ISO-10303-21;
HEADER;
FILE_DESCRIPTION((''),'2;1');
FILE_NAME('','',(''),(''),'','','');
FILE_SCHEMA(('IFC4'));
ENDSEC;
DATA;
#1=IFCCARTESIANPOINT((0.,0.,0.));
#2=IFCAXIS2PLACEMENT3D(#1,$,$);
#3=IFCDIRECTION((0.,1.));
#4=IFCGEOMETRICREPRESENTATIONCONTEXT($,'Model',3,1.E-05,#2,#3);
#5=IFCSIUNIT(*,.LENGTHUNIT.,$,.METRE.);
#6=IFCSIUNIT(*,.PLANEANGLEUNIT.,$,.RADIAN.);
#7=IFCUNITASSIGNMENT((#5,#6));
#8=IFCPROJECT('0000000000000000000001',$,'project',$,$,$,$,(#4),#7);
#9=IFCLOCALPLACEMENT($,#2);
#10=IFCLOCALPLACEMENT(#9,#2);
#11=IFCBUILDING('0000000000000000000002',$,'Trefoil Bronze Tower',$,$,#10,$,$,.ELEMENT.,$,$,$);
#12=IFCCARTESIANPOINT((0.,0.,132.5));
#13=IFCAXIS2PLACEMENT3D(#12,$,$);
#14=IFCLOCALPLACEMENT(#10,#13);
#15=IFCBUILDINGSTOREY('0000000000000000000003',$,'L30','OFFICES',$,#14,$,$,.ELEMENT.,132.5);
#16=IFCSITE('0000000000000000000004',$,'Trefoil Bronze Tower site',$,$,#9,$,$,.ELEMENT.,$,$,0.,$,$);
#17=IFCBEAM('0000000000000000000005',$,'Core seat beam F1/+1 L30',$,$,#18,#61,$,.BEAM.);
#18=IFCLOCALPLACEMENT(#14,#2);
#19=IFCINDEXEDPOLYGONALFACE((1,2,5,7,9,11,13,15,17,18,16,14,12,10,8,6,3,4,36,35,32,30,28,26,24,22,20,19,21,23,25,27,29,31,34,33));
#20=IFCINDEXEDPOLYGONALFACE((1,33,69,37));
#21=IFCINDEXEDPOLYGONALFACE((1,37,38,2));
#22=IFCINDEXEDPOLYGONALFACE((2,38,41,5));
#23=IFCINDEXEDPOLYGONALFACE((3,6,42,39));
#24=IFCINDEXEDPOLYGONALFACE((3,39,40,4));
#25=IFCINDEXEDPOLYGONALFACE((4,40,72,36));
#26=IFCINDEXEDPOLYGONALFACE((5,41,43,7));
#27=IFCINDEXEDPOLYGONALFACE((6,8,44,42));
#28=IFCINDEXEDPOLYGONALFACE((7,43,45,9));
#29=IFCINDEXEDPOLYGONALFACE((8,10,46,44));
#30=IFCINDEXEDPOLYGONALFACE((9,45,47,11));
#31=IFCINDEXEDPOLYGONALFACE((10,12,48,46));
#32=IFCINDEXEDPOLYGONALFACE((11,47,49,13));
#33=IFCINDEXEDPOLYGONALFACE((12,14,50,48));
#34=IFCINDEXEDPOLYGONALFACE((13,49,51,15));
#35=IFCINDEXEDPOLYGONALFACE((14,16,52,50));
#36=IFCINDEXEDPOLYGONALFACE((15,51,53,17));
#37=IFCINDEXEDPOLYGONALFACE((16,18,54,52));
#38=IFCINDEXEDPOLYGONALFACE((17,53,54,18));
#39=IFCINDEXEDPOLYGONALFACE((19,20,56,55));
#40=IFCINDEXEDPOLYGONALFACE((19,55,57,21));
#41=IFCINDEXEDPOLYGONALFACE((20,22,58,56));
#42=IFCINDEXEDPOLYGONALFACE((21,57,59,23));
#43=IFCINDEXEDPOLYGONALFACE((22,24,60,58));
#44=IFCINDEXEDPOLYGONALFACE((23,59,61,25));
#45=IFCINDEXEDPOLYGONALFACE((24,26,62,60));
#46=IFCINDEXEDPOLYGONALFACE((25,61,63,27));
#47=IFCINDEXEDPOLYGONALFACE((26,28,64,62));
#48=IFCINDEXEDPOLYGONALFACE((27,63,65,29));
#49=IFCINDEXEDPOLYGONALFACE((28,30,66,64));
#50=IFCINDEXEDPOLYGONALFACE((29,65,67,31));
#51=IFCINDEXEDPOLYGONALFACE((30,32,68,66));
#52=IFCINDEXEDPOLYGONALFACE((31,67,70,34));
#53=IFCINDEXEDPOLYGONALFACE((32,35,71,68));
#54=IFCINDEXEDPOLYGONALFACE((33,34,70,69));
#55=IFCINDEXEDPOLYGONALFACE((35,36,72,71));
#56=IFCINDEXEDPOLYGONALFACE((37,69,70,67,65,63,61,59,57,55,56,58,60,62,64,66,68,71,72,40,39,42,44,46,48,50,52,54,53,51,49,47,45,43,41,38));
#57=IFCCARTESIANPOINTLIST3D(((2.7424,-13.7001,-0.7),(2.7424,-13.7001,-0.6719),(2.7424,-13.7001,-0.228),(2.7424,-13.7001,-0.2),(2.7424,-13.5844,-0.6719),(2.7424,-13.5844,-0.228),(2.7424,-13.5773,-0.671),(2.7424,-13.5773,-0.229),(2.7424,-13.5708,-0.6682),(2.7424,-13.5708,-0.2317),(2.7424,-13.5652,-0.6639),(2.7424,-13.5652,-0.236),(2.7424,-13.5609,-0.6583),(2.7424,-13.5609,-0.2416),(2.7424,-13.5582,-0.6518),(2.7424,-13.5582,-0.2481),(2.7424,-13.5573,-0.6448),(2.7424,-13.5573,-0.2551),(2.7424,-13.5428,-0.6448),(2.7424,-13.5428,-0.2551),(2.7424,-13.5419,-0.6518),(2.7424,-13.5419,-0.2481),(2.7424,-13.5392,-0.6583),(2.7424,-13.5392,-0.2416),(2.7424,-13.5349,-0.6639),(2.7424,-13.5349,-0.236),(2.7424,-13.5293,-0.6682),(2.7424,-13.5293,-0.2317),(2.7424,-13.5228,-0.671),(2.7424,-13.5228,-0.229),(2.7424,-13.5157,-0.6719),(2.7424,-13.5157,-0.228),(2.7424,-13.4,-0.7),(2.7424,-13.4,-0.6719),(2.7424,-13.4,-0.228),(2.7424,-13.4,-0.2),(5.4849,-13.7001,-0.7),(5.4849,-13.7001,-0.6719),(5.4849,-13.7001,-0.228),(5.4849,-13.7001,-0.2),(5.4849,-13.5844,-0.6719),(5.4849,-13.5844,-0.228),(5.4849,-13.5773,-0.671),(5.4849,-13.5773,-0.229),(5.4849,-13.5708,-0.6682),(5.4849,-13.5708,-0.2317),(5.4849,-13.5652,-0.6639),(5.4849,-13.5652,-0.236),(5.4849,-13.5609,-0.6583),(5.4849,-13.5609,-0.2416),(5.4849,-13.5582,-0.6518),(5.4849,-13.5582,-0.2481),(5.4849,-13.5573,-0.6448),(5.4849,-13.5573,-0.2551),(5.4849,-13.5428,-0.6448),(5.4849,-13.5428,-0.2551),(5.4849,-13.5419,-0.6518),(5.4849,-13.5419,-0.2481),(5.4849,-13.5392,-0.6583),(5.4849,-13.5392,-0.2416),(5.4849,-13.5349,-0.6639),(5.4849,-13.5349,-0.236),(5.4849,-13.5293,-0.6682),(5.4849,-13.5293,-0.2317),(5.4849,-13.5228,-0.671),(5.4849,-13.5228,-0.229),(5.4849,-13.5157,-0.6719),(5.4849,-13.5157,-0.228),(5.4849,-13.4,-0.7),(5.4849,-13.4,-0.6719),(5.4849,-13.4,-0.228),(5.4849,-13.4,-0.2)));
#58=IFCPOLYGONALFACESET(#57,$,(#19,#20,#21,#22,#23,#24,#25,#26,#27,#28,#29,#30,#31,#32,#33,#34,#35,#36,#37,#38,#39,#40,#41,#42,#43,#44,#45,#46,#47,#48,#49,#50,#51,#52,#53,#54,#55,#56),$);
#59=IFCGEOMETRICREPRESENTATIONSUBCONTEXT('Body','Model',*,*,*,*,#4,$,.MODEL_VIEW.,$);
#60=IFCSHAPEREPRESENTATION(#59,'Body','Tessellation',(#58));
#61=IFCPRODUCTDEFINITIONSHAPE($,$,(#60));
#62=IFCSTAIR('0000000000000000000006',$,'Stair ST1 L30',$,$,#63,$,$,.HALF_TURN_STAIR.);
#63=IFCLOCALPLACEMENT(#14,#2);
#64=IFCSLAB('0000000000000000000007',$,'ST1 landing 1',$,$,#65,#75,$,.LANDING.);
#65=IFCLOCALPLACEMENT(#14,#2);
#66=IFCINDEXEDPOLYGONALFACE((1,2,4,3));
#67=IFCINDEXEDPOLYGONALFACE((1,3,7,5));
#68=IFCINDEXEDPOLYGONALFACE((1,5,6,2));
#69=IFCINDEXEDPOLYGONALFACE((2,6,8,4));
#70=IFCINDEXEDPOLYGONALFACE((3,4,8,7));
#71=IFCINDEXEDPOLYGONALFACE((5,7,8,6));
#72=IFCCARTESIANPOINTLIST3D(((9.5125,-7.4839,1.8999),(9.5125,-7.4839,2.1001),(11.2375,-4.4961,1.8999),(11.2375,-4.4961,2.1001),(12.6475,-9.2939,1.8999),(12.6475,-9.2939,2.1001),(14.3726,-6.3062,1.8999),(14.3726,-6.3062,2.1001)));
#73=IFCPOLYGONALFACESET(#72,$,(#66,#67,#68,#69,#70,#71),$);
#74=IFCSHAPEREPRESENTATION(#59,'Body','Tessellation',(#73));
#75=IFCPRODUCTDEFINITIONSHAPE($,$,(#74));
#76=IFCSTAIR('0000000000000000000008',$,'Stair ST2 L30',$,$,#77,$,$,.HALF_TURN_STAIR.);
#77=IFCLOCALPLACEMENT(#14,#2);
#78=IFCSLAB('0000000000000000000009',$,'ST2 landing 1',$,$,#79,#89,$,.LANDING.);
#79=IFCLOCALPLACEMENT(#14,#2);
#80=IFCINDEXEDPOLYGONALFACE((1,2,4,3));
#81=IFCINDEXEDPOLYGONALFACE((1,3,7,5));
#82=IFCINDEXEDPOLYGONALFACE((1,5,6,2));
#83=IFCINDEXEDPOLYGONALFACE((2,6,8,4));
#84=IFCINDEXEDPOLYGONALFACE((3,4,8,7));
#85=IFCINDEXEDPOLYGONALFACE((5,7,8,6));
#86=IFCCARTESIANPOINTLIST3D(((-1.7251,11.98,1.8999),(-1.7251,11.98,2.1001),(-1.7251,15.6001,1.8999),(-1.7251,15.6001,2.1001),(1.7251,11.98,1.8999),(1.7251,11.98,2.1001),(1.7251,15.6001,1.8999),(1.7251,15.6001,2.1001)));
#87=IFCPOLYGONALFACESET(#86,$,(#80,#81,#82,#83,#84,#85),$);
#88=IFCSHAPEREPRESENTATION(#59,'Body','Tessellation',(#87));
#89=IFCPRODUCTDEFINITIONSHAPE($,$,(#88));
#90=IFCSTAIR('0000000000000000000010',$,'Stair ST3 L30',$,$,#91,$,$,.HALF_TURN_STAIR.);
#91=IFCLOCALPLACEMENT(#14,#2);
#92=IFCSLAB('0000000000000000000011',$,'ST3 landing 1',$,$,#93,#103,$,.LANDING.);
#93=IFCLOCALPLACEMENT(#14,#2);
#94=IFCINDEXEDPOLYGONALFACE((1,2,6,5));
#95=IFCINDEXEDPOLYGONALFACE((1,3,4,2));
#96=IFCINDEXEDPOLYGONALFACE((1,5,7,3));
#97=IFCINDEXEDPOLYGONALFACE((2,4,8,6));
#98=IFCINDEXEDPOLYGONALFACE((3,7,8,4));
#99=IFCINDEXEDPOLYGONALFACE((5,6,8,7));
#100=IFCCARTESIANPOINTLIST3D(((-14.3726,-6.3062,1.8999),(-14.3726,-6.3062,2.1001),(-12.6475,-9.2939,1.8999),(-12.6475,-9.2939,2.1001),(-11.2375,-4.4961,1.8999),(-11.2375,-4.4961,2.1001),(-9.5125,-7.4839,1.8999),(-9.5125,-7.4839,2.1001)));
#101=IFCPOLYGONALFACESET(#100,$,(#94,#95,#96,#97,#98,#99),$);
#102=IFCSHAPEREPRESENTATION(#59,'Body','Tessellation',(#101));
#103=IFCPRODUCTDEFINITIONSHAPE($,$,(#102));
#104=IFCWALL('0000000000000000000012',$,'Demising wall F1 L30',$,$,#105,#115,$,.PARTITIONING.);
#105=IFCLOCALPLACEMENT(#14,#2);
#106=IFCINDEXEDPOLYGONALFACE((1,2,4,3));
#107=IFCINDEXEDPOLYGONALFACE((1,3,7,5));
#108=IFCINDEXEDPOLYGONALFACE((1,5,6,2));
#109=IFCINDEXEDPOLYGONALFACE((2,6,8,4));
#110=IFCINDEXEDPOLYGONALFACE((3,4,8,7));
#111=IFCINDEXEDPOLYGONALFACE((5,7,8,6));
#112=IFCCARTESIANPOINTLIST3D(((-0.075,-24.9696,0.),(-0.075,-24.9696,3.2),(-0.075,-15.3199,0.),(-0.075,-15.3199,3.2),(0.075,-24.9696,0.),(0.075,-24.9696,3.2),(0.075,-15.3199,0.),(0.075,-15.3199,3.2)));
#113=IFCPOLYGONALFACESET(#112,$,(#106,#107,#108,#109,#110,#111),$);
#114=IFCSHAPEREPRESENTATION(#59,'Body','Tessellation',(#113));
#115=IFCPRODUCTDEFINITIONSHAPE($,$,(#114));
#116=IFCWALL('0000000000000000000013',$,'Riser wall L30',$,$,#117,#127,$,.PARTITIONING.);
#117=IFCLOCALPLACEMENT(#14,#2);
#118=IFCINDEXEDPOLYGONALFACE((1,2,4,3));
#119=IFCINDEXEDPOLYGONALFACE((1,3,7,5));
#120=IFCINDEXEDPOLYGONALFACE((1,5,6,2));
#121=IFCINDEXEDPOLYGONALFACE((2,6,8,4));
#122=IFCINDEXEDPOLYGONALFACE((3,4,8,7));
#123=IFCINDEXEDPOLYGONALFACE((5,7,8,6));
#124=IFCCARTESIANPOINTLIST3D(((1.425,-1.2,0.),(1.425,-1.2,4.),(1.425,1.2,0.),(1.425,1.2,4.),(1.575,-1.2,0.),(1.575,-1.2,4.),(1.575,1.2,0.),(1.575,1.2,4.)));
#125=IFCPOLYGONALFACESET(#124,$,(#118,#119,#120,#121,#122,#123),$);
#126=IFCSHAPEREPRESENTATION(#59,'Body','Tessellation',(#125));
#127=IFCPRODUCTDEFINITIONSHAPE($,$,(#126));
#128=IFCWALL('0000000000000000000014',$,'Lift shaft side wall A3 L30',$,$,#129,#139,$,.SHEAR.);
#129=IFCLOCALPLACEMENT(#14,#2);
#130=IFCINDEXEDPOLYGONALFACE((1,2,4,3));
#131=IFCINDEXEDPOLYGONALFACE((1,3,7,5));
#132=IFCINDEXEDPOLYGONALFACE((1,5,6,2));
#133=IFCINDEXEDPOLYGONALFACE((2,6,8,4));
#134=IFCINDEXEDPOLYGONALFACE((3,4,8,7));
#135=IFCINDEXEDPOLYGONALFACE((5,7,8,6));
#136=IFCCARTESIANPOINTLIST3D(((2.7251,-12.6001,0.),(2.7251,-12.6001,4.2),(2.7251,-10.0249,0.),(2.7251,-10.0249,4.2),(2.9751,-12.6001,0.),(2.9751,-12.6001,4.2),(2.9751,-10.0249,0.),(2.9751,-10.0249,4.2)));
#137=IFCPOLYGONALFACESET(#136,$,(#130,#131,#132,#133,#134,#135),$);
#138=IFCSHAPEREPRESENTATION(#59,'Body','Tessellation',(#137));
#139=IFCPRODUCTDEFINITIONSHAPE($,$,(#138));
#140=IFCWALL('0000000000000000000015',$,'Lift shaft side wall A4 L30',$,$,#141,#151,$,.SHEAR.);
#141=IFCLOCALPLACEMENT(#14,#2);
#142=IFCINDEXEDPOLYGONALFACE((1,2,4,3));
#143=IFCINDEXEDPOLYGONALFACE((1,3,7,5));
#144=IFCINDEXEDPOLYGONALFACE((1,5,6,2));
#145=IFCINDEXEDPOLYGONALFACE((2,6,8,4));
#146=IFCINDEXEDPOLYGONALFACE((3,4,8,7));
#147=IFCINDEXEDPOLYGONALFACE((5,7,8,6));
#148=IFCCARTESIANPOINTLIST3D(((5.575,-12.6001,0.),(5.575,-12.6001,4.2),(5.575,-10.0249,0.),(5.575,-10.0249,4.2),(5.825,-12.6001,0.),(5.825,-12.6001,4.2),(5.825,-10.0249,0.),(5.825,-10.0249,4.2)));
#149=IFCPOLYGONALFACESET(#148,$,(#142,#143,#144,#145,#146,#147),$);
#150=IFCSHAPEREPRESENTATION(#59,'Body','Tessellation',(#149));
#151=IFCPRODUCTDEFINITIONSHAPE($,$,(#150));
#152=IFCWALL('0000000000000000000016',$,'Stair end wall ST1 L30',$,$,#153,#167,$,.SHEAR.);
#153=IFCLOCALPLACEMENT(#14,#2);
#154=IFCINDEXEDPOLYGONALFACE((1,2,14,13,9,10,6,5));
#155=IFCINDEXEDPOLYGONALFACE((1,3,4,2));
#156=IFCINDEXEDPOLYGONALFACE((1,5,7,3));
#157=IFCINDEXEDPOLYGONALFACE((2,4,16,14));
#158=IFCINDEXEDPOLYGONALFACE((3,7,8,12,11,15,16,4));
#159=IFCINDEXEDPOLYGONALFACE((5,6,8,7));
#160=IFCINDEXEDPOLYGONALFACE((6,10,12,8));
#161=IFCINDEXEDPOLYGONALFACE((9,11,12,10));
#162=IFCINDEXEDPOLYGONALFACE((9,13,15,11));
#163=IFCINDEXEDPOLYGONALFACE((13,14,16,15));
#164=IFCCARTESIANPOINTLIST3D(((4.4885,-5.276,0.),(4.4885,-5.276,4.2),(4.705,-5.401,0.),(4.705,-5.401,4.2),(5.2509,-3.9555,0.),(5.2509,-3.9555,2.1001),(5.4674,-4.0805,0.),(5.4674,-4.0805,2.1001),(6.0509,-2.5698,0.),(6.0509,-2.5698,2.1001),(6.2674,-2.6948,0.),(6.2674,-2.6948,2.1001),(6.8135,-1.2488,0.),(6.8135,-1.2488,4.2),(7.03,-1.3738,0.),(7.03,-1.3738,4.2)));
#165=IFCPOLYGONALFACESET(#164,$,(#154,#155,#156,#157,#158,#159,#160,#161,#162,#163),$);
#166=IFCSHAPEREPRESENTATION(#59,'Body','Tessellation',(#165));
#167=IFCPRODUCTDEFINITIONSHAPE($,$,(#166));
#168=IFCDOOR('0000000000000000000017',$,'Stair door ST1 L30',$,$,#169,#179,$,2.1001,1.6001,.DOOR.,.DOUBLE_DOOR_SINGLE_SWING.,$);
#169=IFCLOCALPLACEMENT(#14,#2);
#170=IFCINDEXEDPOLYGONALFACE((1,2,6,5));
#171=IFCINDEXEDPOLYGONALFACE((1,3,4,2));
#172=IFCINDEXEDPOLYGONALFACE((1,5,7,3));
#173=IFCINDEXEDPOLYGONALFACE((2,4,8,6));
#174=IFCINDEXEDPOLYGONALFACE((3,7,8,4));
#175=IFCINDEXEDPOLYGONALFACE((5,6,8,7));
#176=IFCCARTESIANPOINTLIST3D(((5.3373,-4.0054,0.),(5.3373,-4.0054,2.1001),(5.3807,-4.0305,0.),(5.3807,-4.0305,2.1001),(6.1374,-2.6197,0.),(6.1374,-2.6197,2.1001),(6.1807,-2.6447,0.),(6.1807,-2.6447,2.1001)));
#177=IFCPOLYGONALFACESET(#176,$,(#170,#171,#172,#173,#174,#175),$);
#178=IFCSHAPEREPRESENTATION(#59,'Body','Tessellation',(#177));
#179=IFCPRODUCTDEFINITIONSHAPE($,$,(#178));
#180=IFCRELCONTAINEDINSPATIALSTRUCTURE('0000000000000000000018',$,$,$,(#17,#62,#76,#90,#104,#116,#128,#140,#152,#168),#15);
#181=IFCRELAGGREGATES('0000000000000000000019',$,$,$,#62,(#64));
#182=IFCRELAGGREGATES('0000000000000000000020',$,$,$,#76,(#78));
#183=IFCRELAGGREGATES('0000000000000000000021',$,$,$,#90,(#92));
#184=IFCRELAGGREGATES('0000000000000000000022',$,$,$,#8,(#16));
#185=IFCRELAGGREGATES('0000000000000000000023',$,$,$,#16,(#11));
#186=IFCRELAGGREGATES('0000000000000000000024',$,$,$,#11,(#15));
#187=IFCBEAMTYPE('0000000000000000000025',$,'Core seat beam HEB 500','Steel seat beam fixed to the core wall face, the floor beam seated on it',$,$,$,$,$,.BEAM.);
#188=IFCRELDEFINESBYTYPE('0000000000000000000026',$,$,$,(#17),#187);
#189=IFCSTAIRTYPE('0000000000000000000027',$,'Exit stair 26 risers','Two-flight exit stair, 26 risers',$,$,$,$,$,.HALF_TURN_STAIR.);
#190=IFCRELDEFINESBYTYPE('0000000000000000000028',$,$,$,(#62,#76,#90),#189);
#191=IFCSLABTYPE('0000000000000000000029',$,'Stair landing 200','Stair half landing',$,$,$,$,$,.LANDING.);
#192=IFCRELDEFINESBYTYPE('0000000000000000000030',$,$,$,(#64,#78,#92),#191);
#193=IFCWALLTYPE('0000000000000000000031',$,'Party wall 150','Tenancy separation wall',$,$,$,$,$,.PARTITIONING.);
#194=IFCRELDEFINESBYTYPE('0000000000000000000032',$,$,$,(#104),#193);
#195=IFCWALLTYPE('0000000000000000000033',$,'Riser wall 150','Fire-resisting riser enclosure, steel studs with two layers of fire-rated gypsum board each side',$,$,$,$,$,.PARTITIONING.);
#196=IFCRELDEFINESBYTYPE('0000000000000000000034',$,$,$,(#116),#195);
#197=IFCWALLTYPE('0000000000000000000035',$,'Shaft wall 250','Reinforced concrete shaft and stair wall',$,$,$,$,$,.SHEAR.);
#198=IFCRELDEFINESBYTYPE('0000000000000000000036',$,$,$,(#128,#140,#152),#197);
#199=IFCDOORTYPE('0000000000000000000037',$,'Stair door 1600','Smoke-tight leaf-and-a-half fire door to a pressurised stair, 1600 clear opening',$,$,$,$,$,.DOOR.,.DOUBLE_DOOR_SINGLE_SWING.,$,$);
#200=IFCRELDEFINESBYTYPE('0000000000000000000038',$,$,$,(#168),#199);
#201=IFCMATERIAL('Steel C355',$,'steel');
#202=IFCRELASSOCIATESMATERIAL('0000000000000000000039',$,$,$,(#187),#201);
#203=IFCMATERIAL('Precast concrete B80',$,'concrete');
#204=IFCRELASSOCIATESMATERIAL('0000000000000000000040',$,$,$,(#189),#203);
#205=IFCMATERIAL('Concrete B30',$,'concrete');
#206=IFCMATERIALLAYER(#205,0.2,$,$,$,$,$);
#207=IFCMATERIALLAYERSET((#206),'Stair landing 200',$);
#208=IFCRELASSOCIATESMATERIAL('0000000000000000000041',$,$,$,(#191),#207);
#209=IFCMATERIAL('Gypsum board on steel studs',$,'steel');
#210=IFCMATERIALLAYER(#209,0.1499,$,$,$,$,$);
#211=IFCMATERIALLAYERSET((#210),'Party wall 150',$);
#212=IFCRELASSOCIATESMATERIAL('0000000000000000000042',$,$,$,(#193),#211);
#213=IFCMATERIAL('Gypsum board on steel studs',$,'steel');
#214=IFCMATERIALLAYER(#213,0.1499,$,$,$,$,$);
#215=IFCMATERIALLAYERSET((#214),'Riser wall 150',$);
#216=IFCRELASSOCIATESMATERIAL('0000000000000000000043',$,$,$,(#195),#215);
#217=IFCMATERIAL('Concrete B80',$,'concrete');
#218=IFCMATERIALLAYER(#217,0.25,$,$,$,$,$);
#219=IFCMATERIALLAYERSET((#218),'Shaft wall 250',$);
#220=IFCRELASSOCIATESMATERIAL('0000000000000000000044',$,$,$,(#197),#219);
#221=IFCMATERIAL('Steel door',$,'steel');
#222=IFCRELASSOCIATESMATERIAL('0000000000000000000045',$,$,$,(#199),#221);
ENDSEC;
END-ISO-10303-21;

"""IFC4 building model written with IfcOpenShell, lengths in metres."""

from ifc_helpers import new_model, si_unit, direction, frame, frame_2d, origin, origin_2d, place, context, subcontext, project, spatial, polyline, rectangle, i_section, outline, extrude, material, layer, layer_set, material_profile, profile_set, type_object, element, fill, aggregate, save


model = new_model("IFC4")

# Units and contexts
model_context = context("Model", 3, precision=1e-05, world=origin(), true_north=direction((0.0, 1.0)))
body_context = subcontext(model_context, "Body", "Model", "MODEL_VIEW")
ifc_project = project(units=[si_unit("LENGTHUNIT", "METRE"), si_unit("PLANEANGLEUNIT", "RADIAN")], contexts=[model_context])

# Site, building, storey
site_placement = place(None, origin())
site = spatial("IfcSite", under=ifc_project, at=site_placement, Name="Trefoil Bronze Tower site", CompositionType="ELEMENT", RefElevation=0.0)
building_placement = place(site_placement, origin())
building = spatial("IfcBuilding", under=site, at=building_placement, Name="Trefoil Bronze Tower", CompositionType="ELEMENT")
storey_placement = place(building_placement, frame((0.0, 0.0, 132.5)))
storey = spatial("IfcBuildingStorey", under=building, at=storey_placement, Name="L30", Description="OFFICES", CompositionType="ELEMENT", Elevation=132.5)

# Beam
ifc_material_1 = material(Name="Steel C355", Category="steel")
ifc_material_profile = material_profile(ifc_material_1, i_section(OverallWidth=0.3, OverallDepth=0.5, WebThickness=0.0144, FlangeThickness=0.0281, FilletRadius=0.0271, at=origin_2d()), Name="HEB 500")
ifc_profile_set = profile_set([ifc_material_profile], Name="Steel C355")
beam_type = type_object("IfcBeamType", Name="Core seat beam HEB 500", Description="Steel seat beam fixed to the core wall face, the floor beam seated on it", PredefinedType="BEAM", material=ifc_profile_set)
beam_placement = place(storey_placement, frame((2.7424, -13.55, -0.45), z_axis=(1.0, 0.0, 0.0), x_axis=(0.0, 1.0, 0.0)))
element("IfcBeam", 1, at=beam_placement, inside=storey, type_object=beam_type, Name="Core seat beam F1/+1 L30", PredefinedType="BEAM", context=body_context, shape_type="SweptSolid", body=[
    extrude(i_section(OverallWidth=0.3, OverallDepth=0.5, WebThickness=0.0144, FlangeThickness=0.0281, FilletRadius=0.0271, at=origin_2d()), origin(), (0.0, 0.0, 1.0), 2.7424),
])

# Stairs, slabs
ifc_material_2 = material(Name="Precast concrete B80", Category="concrete")
stair_type = type_object("IfcStairType", Name="Exit stair 26 risers", Description="Two-flight exit stair, 26 risers", PredefinedType="HALF_TURN_STAIR", material=ifc_material_2)
stair_1_placement = place(storey_placement, origin())
stair_1 = element("IfcStair", 2, at=stair_1_placement, inside=storey, type_object=stair_type, Name="Stair ST1 L30", PredefinedType="HALF_TURN_STAIR")
ifc_material_3 = material(Name="Concrete B30", Category="concrete")
ifc_layer_1 = layer(ifc_material_3, 0.2)
ifc_layer_set_1 = layer_set([ifc_layer_1], Name="Stair landing 200")
slab_type = type_object("IfcSlabType", Name="Stair landing 200", Description="Stair half landing", PredefinedType="LANDING", material=ifc_layer_set_1)
slab_1_placement = place(storey_placement, frame((0.0, 0.0, 1.8999)))
slab_1 = element("IfcSlab", 3, at=slab_1_placement, type_object=slab_type, Name="ST1 landing 1", PredefinedType="LANDING", context=body_context, shape_type="SweptSolid", body=[
    extrude(outline(polyline([(9.5125, -7.4839), (12.6475, -9.2939), (14.3726, -6.3062), (11.2375, -4.4961), (9.5125, -7.4839)])), origin(), (0.0, 0.0, 1.0), 0.2002),
])
aggregate(stair_1, [slab_1])
stair_2_placement = place(storey_placement, origin())
stair_2 = element("IfcStair", 4, at=stair_2_placement, inside=storey, type_object=stair_type, Name="Stair ST2 L30", PredefinedType="HALF_TURN_STAIR")
slab_2_placement = place(storey_placement, frame((0.0, 0.0, 1.8999)))
slab_2 = element("IfcSlab", 5, at=slab_2_placement, type_object=slab_type, Name="ST2 landing 1", PredefinedType="LANDING", context=body_context, shape_type="SweptSolid", body=[
    extrude(outline(polyline([(1.7251, 11.98), (1.7251, 15.6001), (-1.7251, 15.6001), (-1.7251, 11.98), (1.7251, 11.98)])), origin(), (0.0, 0.0, 1.0), 0.2002),
])
aggregate(stair_2, [slab_2])
stair_3_placement = place(storey_placement, origin())
stair_3 = element("IfcStair", 6, at=stair_3_placement, inside=storey, type_object=stair_type, Name="Stair ST3 L30", PredefinedType="HALF_TURN_STAIR")
slab_3_placement = place(storey_placement, frame((0.0, 0.0, 1.8999)))
slab_3 = element("IfcSlab", 7, at=slab_3_placement, type_object=slab_type, Name="ST3 landing 1", PredefinedType="LANDING", context=body_context, shape_type="SweptSolid", body=[
    extrude(outline(polyline([(-11.2375, -4.4961), (-14.3726, -6.3062), (-12.6475, -9.2939), (-9.5125, -7.4839), (-11.2375, -4.4961)])), origin(), (0.0, 0.0, 1.0), 0.2002),
])
aggregate(stair_3, [slab_3])

# Walls
ifc_material_4 = material(Name="Gypsum board on steel studs", Category="steel")
ifc_layer_2 = layer(ifc_material_4, 0.1499)
ifc_layer_set_2 = layer_set([ifc_layer_2], Name="Party wall 150")
wall_type_1 = type_object("IfcWallType", Name="Party wall 150", Description="Tenancy separation wall", PredefinedType="PARTITIONING", material=ifc_layer_set_2)
wall_1_placement = place(storey_placement, frame((0.0, -15.3201, 0.0), z_axis=(0.0, 0.0, 1.0), x_axis=(0.0, -1.0, 0.0)))
element("IfcWall", 8, at=wall_1_placement, inside=storey, type_object=wall_type_1, Name="Demising wall F1 L30", PredefinedType="PARTITIONING", context=body_context, shape_type="SweptSolid", body=[
    extrude(rectangle(XDim=9.6497, YDim=0.1499, at=frame_2d((4.8247, 0.0))), origin(), (0.0, 0.0, 1.0), 3.2),
])
ifc_material_5 = material(Name="Gypsum board on steel studs", Category="steel")
ifc_layer_3 = layer(ifc_material_5, 0.1499)
ifc_layer_set_3 = layer_set([ifc_layer_3], Name="Riser wall 150")
wall_type_2 = type_object("IfcWallType", Name="Riser wall 150", Description="Fire-resisting riser enclosure, steel studs with two layers of fire-rated gypsum board each side", PredefinedType="PARTITIONING", material=ifc_layer_set_3)
wall_2_placement = place(storey_placement, frame((1.5, -1.2, 0.0), z_axis=(0.0, 0.0, 1.0), x_axis=(0.0, 1.0, 0.0)))
element("IfcWall", 9, at=wall_2_placement, inside=storey, type_object=wall_type_2, Name="Riser wall L30", PredefinedType="PARTITIONING", context=body_context, shape_type="SweptSolid", body=[
    extrude(rectangle(XDim=2.3999, YDim=0.1499, at=frame_2d((1.2, 0.0))), origin(), (0.0, 0.0, 1.0), 4.0),
])
ifc_material_6 = material(Name="Concrete B80", Category="concrete")
ifc_layer_4 = layer(ifc_material_6, 0.25)
ifc_layer_set_4 = layer_set([ifc_layer_4], Name="Shaft wall 250")
wall_type_3 = type_object("IfcWallType", Name="Shaft wall 250", Description="Reinforced concrete shaft and stair wall", PredefinedType="SHEAR", material=ifc_layer_set_4)
for number, where, z_axis, x_axis, name in (
    (10, (2.8501, -10.0249, 0.0), (0.0, 0.0, 1.0), (0.0, -1.0, 0.0), "Lift shaft side wall A3 L30"),
    (11, (5.7, -10.0249, 0.0), (0.0, 0.0, 1.0), (0.0, -1.0, 0.0), "Lift shaft side wall A4 L30"),
):
    element("IfcWall", number, at=place(storey_placement, frame(where, z_axis=z_axis, x_axis=x_axis)), inside=storey, type_object=wall_type_3, Name=name, PredefinedType="SHEAR", context=body_context, shape_type="SweptSolid", body=[
        extrude(rectangle(XDim=2.5752, YDim=0.25, at=frame_2d((1.2876, 0.0))), origin(), (0.0, 0.0, 1.0), 4.2),
    ])

# Wall, opening, door
wall_3_placement = place(storey_placement, frame((4.5967, -5.3386, 0.0), z_axis=(0.0, 0.0, 1.0), x_axis=(0.499985, 0.866034, 0.0)))
wall_3 = element("IfcWall", 12, at=wall_3_placement, inside=storey, type_object=wall_type_3, Name="Stair end wall ST1 L30", PredefinedType="SHEAR", context=body_context, shape_type="SweptSolid", body=[
    extrude(rectangle(XDim=4.6501, YDim=0.25, at=frame_2d((2.3252, 0.0))), origin(), (0.0, 0.0, 1.0), 4.2),
])
opening_placement = place(wall_3_placement, frame((1.5249, 0.0, 0.0)))
opening = element("IfcOpeningElement", 13, at=opening_placement, cuts=wall_3, PredefinedType="OPENING", context=body_context, shape_type="SweptSolid", body=[
    extrude(rectangle(XDim=1.6001, YDim=2.1001, at=frame_2d((0.8, 1.05))), frame((0.0, 0.135, 0.0), z_axis=(0.0, -1.0, 0.0), x_axis=(1.0, 0.0, 0.0)), (0.0, 0.0, 1.0), 0.27),
])
ifc_material_7 = material(Name="Steel door", Category="steel")
door_type = type_object("IfcDoorType", Name="Stair door 1600", Description="Smoke-tight leaf-and-a-half fire door to a pressurised stair, 1600 clear opening", OperationType="DOUBLE_DOOR_SINGLE_SWING", PredefinedType="DOOR", material=ifc_material_7)
door_placement = place(opening_placement, frame((1.6001, 0.0, 0.0), z_axis=(0.0, 0.0, 1.0), x_axis=(-1.0, 0.0, 0.0)))
door = element("IfcDoor", 14, at=door_placement, inside=storey, type_object=door_type, Name="Stair door ST1 L30", OperationType="DOUBLE_DOOR_SINGLE_SWING", OverallHeight=2.1001, OverallWidth=1.6001, PredefinedType="DOOR", context=body_context, shape_type="SweptSolid", body=[
    extrude(rectangle(XDim=1.6001, YDim=2.1001, at=frame_2d((0.8, 1.05))), frame((0.0, 0.0249, 0.0), z_axis=(0.0, -1.0, 0.0), x_axis=(1.0, 0.0, 0.0)), (0.0, 0.0, 1.0), 0.05),
])
fill(opening, door)

save(model, "model.ifc")
